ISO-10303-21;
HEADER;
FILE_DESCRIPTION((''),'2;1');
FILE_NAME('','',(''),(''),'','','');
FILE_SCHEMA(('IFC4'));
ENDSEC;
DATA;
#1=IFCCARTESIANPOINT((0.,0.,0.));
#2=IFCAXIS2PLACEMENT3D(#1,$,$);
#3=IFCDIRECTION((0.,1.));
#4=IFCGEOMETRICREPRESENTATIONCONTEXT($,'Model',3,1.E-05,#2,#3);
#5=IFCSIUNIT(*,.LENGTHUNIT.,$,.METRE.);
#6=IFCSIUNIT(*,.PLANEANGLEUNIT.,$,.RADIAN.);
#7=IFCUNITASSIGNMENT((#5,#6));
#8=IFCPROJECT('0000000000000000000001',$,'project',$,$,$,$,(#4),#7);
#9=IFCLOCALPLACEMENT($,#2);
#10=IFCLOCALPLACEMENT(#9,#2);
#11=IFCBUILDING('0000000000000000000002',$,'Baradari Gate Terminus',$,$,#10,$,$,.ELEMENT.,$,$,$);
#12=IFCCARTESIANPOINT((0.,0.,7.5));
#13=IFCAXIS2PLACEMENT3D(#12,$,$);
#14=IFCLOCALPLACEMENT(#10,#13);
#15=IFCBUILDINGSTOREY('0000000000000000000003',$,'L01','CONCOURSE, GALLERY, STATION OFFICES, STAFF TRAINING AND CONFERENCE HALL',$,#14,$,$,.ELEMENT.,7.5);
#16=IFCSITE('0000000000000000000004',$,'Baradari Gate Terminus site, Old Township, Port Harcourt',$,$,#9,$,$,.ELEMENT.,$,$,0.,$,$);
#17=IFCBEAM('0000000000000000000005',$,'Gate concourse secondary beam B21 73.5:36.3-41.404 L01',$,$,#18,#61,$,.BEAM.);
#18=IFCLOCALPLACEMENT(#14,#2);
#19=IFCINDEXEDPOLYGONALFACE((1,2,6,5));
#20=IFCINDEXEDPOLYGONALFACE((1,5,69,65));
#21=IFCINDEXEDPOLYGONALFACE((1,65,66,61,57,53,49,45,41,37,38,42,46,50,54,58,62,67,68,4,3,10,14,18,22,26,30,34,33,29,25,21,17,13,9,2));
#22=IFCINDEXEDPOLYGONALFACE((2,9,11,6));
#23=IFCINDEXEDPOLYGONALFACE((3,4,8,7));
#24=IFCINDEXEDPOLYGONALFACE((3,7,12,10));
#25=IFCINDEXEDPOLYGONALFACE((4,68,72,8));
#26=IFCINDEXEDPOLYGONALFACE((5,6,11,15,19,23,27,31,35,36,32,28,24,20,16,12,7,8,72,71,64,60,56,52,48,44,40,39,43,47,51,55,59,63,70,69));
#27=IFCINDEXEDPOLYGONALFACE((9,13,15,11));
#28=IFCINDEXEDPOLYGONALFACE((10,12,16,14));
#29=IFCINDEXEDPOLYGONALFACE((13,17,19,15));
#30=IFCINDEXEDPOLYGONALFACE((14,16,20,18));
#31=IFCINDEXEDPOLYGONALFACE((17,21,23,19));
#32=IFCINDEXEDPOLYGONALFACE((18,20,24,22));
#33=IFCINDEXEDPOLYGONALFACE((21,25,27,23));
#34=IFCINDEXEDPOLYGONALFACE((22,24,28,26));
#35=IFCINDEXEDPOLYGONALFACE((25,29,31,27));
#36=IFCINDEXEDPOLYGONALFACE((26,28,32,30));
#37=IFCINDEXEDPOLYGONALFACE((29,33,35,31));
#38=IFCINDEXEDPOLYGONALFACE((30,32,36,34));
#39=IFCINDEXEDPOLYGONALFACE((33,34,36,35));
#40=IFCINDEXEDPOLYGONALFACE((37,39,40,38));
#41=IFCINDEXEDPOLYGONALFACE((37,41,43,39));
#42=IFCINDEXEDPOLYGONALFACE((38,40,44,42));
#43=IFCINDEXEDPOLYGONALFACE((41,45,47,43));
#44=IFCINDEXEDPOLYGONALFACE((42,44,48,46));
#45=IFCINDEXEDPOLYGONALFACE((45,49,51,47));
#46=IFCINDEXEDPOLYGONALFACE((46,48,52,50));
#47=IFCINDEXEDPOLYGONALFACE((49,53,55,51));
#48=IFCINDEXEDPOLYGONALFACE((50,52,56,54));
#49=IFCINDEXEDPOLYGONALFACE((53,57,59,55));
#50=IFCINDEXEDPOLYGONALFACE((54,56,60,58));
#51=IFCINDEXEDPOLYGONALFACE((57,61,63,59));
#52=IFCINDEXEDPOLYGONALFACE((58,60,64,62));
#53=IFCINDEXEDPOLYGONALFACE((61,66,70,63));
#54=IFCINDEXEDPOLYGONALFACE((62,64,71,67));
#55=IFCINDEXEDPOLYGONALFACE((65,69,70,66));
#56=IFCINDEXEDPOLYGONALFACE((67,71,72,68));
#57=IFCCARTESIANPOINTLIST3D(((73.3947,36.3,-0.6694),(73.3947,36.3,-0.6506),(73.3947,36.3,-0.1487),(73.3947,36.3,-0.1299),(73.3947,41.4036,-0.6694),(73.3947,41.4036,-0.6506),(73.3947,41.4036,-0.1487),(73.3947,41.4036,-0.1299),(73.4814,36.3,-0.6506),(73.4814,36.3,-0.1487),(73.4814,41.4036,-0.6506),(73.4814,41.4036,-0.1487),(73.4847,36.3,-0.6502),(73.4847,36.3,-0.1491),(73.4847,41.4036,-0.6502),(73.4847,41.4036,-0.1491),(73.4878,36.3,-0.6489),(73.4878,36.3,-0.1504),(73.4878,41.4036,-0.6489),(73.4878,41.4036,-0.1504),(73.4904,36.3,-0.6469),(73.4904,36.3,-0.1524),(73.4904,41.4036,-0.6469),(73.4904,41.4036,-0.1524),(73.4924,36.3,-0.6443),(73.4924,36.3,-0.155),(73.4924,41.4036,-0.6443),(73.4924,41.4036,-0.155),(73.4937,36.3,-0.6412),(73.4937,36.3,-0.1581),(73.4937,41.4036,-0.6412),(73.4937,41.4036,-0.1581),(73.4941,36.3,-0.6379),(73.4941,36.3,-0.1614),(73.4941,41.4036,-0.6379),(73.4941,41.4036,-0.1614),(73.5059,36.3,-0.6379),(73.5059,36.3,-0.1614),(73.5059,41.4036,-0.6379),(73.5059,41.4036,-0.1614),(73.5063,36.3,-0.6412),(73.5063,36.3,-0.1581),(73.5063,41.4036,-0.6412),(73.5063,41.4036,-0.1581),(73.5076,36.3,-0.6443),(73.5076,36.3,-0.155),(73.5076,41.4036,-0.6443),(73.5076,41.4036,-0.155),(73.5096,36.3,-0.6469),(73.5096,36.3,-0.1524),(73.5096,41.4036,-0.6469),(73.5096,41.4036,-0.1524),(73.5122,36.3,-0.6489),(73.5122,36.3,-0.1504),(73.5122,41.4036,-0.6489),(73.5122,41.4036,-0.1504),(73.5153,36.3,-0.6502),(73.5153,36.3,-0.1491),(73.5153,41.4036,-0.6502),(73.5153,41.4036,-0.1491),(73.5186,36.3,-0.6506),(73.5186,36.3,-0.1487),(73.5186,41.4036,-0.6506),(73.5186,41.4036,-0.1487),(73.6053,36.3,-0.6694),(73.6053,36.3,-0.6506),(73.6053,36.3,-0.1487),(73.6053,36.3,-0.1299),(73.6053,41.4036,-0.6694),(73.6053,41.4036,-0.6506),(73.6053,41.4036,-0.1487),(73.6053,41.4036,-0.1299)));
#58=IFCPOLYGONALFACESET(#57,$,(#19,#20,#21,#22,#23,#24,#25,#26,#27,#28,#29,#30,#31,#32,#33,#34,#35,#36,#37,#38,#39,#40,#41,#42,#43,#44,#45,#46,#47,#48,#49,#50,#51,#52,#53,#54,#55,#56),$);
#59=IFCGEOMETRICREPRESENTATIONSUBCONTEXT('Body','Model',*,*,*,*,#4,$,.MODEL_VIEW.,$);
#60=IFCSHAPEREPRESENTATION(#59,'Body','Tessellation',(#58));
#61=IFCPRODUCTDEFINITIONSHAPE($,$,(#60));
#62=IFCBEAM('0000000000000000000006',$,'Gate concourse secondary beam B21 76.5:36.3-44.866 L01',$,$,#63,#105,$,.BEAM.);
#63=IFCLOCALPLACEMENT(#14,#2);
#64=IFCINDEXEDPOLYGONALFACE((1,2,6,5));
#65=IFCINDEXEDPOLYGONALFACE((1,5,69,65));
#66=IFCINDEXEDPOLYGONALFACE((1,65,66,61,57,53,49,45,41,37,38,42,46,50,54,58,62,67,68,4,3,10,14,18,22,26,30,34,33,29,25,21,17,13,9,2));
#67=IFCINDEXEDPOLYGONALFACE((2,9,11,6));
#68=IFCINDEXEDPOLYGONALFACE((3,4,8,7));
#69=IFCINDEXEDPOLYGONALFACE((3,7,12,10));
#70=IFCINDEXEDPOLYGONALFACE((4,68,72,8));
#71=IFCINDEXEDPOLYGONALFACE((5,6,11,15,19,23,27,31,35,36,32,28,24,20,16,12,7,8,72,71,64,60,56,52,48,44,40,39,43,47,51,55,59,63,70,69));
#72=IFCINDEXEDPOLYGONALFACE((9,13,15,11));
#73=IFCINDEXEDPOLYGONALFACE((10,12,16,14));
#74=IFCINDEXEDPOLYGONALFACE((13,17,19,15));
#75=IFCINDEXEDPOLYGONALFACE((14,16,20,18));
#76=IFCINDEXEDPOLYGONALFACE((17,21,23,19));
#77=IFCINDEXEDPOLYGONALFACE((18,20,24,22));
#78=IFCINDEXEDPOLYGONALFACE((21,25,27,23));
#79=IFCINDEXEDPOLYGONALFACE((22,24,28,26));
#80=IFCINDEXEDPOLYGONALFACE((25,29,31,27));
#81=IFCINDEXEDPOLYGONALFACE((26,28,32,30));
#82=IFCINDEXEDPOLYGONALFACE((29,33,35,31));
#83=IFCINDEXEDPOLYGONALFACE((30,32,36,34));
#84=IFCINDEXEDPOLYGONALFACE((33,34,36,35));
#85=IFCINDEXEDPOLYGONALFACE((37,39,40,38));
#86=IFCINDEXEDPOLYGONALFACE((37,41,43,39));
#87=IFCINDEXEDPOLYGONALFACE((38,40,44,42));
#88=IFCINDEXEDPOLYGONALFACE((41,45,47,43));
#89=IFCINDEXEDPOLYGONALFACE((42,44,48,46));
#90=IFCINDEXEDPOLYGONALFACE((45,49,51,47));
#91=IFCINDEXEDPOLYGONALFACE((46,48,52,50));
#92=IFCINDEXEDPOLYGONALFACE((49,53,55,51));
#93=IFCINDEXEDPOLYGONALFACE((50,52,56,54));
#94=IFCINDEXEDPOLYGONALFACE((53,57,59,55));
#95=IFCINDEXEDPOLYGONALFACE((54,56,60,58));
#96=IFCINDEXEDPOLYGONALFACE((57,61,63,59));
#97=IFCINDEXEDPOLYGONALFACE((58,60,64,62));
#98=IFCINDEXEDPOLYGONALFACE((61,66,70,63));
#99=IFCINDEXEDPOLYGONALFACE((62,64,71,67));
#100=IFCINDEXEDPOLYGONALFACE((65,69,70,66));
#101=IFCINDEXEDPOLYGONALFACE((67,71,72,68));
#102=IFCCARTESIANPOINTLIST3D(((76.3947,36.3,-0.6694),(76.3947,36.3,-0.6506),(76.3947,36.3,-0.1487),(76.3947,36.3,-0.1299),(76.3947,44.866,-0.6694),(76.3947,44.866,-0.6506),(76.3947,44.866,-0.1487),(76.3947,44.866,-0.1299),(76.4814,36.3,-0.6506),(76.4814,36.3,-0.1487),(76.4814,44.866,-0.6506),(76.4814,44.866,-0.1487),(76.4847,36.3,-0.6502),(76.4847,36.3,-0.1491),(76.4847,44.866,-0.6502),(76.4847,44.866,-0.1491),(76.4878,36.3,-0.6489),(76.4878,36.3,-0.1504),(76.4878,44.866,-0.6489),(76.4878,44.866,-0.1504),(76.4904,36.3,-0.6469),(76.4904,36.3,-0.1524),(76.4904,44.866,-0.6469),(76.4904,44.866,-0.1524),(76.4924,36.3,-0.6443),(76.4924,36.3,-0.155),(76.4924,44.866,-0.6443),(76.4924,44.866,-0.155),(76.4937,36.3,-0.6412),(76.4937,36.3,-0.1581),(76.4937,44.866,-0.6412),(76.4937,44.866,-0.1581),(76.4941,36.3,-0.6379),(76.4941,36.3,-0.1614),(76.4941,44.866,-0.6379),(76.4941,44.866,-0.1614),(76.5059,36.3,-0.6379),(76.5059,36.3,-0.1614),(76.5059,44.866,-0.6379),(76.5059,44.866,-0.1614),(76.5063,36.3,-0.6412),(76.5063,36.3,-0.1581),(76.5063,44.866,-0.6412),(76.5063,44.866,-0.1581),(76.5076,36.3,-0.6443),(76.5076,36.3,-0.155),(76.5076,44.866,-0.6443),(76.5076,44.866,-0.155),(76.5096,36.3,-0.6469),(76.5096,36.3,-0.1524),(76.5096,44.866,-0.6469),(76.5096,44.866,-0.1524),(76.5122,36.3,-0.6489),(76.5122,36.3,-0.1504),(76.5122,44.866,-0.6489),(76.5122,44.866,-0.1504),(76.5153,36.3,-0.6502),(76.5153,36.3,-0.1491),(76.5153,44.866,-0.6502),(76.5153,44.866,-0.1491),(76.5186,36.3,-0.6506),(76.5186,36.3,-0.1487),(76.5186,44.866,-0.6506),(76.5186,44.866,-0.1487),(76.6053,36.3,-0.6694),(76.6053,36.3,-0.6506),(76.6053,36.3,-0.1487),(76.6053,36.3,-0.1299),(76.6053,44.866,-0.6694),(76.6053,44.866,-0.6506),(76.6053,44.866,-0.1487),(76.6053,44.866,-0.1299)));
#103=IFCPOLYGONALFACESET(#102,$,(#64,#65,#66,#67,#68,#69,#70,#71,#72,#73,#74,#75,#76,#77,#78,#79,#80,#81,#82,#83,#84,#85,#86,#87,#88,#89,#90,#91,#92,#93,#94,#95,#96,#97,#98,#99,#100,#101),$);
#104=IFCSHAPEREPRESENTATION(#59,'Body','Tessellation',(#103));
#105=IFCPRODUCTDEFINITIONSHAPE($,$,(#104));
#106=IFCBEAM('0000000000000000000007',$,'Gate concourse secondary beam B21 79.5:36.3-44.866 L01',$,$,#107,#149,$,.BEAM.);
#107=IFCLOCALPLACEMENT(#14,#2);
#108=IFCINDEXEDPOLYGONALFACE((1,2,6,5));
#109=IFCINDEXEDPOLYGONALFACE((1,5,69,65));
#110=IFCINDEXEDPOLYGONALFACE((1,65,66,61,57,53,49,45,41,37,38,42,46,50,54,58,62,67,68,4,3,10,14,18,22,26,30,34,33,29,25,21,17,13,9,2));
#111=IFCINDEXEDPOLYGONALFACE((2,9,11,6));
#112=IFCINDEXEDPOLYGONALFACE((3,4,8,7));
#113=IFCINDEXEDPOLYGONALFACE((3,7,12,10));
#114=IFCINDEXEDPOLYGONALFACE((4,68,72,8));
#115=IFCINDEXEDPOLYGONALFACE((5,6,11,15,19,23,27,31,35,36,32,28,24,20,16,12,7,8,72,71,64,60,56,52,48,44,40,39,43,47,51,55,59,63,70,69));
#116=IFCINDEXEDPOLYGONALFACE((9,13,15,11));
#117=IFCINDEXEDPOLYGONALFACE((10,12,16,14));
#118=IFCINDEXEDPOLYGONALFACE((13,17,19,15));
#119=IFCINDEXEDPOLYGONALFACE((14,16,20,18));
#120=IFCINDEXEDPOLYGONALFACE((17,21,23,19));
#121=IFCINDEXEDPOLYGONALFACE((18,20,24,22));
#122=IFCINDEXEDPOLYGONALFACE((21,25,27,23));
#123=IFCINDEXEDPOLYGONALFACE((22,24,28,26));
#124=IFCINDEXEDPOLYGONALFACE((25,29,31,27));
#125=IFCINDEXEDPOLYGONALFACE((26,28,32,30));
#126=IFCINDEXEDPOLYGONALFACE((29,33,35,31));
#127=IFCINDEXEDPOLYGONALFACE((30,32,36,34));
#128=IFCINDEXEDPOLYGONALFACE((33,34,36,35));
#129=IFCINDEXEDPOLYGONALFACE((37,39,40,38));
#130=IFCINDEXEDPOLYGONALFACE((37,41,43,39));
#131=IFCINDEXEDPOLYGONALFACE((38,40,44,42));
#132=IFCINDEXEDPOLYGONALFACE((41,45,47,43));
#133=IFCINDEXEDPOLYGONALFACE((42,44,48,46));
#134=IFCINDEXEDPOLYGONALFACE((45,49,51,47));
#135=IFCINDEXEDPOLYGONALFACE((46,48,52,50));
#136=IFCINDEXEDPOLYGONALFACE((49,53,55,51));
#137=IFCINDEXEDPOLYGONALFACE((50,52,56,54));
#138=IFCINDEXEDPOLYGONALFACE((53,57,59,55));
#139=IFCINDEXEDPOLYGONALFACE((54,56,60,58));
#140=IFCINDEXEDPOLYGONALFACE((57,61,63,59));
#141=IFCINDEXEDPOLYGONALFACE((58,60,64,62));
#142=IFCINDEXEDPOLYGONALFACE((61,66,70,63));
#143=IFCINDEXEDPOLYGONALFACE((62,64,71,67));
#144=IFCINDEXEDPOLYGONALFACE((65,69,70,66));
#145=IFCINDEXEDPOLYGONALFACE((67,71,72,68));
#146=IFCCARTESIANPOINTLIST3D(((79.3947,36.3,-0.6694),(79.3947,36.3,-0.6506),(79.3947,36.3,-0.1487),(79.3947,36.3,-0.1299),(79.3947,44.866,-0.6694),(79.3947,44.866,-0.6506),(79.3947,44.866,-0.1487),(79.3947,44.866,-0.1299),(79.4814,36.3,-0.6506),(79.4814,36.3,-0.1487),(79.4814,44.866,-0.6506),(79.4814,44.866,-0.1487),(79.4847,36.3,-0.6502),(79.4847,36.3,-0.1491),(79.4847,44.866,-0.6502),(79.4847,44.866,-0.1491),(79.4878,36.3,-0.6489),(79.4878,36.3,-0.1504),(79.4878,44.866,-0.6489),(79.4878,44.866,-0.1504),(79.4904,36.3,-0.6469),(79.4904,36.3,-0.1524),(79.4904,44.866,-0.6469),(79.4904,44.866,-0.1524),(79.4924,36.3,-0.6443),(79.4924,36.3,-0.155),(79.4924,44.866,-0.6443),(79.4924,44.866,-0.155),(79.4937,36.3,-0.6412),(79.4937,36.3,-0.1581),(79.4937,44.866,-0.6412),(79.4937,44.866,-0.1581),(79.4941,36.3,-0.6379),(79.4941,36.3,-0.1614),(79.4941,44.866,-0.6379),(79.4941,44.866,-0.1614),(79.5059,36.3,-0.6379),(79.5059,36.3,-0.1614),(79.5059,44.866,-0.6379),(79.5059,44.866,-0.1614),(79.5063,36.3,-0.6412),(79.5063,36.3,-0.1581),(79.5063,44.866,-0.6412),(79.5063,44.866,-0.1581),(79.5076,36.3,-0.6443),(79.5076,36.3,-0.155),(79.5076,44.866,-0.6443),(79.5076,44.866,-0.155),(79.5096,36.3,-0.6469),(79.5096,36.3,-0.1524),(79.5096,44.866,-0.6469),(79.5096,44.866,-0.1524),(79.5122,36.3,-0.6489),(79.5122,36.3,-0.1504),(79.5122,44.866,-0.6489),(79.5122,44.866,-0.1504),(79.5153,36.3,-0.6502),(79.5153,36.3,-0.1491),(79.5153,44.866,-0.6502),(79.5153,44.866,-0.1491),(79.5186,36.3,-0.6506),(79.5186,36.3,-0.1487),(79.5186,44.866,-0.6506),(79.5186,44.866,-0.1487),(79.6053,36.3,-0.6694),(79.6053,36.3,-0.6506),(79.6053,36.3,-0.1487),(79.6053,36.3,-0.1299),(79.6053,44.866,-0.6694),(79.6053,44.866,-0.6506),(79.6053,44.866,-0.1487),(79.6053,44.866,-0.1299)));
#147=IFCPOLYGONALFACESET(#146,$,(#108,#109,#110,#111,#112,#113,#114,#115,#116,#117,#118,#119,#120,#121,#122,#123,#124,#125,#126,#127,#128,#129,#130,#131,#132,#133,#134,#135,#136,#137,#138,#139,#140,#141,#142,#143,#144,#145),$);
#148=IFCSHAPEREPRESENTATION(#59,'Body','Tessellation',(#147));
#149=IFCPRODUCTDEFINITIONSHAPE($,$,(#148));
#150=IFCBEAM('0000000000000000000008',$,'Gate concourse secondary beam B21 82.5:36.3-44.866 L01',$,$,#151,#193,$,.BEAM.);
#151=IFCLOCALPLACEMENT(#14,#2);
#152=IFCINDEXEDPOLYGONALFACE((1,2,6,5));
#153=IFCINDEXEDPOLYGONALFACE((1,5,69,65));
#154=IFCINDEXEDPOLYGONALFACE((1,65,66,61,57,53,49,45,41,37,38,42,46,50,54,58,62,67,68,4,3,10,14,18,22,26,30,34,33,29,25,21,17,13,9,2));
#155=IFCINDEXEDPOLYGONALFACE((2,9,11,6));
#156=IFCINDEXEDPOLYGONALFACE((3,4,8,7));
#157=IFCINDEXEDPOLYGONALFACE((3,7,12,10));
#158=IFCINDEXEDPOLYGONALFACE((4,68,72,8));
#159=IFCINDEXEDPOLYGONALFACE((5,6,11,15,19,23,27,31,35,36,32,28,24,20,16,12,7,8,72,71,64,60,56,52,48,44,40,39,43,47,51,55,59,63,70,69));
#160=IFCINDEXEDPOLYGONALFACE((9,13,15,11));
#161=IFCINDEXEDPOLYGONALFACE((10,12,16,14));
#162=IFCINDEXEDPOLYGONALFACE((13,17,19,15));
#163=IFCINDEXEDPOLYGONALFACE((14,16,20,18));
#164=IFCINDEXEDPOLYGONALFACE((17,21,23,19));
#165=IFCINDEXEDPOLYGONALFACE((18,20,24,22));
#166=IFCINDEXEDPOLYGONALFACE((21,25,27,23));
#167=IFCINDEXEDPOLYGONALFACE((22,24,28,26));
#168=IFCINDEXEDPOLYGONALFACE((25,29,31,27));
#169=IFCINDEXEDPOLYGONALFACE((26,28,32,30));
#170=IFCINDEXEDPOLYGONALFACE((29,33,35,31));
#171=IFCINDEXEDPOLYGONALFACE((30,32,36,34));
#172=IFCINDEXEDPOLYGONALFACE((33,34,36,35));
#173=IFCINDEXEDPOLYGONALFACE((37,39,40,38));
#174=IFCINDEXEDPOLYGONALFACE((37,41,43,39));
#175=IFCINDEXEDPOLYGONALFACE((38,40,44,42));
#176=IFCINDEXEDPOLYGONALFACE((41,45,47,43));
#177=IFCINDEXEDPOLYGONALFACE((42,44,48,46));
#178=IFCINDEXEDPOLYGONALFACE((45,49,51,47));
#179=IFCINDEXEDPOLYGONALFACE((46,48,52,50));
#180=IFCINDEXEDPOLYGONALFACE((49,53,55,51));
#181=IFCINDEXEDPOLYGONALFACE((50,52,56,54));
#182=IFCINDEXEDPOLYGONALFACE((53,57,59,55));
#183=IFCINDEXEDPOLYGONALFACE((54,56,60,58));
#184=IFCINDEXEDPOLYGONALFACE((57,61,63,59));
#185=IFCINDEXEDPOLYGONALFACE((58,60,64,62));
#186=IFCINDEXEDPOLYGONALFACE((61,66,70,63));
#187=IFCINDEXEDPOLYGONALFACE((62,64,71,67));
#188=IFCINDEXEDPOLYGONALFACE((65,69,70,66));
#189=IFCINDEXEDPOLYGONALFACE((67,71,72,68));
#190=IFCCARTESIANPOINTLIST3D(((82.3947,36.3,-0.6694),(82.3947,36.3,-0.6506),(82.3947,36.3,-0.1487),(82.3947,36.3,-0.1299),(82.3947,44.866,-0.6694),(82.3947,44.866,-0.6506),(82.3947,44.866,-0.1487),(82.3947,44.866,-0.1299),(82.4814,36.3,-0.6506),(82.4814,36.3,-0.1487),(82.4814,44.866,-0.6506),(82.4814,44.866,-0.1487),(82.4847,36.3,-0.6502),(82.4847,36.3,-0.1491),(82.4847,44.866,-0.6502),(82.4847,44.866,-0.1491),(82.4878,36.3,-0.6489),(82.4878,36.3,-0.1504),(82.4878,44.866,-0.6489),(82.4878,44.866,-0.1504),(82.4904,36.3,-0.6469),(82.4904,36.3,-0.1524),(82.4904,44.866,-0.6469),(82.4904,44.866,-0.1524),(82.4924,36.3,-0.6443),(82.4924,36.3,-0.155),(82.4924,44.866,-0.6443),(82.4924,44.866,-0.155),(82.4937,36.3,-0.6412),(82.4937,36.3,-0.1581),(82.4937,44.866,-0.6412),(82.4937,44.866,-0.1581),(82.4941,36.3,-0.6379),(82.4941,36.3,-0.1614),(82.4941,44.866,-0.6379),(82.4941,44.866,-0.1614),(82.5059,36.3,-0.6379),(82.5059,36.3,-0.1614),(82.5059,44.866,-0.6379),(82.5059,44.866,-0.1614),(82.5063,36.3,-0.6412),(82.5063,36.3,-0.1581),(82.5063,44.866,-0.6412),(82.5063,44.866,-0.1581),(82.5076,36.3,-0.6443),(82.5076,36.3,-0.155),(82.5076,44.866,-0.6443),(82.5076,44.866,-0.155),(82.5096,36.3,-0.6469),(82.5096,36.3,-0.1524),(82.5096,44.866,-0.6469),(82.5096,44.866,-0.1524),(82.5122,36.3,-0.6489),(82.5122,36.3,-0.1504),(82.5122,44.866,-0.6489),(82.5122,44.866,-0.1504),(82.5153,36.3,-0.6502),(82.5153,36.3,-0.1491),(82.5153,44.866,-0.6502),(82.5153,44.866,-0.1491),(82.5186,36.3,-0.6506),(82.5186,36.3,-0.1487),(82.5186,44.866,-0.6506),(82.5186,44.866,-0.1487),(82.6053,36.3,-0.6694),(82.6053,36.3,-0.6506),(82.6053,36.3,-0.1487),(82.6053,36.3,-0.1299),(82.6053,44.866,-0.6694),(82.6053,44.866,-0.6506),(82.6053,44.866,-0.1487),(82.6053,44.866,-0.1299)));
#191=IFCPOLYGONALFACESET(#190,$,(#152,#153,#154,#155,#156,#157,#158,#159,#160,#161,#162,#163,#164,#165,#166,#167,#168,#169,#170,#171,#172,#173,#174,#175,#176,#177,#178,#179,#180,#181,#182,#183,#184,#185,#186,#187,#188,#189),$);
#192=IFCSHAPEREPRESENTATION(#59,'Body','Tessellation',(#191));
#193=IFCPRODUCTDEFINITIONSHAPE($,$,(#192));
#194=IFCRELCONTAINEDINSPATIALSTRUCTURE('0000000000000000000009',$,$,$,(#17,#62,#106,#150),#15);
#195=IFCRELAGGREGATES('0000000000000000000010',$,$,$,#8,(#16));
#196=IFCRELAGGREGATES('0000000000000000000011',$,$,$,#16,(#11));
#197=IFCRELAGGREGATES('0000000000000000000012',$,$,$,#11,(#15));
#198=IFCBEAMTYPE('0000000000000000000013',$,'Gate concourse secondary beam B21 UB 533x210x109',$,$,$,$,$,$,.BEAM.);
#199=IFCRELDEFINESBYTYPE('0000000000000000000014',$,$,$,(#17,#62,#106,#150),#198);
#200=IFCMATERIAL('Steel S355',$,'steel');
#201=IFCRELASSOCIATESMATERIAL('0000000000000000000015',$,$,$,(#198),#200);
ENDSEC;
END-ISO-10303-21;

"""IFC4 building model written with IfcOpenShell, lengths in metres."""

from ifc_helpers import new_model, si_unit, direction, frame, origin, origin_2d, place, context, subcontext, project, spatial, i_section, extrude, material, material_profile, profile_set, type_object, element, save


model = new_model("IFC4")

# Units and contexts
model_context = context("Model", 3, precision=1e-05, world=origin(), true_north=direction((0.0, 1.0)))
body_context = subcontext(model_context, "Body", "Model", "MODEL_VIEW")
ifc_project = project(units=[si_unit("LENGTHUNIT", "METRE"), si_unit("PLANEANGLEUNIT", "RADIAN")], contexts=[model_context])

# Site, building, storey
site_placement = place(None, origin())
site = spatial("IfcSite", under=ifc_project, at=site_placement, Name="Baradari Gate Terminus site, Old Township, Port Harcourt", CompositionType="ELEMENT", RefElevation=0.0)
building_placement = place(site_placement, origin())
building = spatial("IfcBuilding", under=site, at=building_placement, Name="Baradari Gate Terminus", CompositionType="ELEMENT")
storey_placement = place(building_placement, frame((0.0, 0.0, 7.5)))
storey = spatial("IfcBuildingStorey", under=building, at=storey_placement, Name="L01", Description="CONCOURSE, GALLERY, STATION OFFICES, STAFF TRAINING AND CONFERENCE HALL", CompositionType="ELEMENT", Elevation=7.5)

# Beams
ifc_material_1 = material(Name="Steel S355", Category="steel")
ifc_material_profile_1 = material_profile(ifc_material_1, i_section(OverallWidth=0.2107, OverallDepth=0.5396, WebThickness=0.0117, FlangeThickness=0.0188, FilletRadius=0.0127, at=origin_2d()), Name="UB 533x210x109")
ifc_profile_set_1 = profile_set([ifc_material_profile_1], Name="Steel S355")
beam_type_1 = type_object("IfcBeamType", Name="Gate concourse secondary beam B21 UB 533x210x109", PredefinedType="BEAM", material=ifc_profile_set_1)
beam_1_placement = place(storey_placement, frame((73.5, 36.3, -0.3997), z_axis=(0.0, 1.0, 0.0), x_axis=(-1.0, 0.0, 0.0)))
element("IfcBeam", 1, at=beam_1_placement, inside=storey, type_object=beam_type_1, Name="Gate concourse secondary beam B21 73.5:36.3-41.404 L01", PredefinedType="BEAM", context=body_context, shape_type="SweptSolid", body=[
    extrude(i_section(OverallWidth=0.2107, OverallDepth=0.5396, WebThickness=0.0117, FlangeThickness=0.0188, FilletRadius=0.0127, at=origin_2d()), origin(), (0.0, 0.0, 1.0), 5.1035),
])
for number, where, z_axis, x_axis, name in (
    (2, (76.5, 36.3, -0.3997), (0.0, 1.0, 0.0), (-1.0, 0.0, 0.0), "Gate concourse secondary beam B21 76.5:36.3-44.866 L01"),
    (3, (79.5, 36.3, -0.3997), (0.0, 1.0, 0.0), (-1.0, 0.0, 0.0), "Gate concourse secondary beam B21 79.5:36.3-44.866 L01"),
    (4, (82.5, 36.3, -0.3997), (0.0, 1.0, 0.0), (-1.0, 0.0, 0.0), "Gate concourse secondary beam B21 82.5:36.3-44.866 L01"),
):
    element("IfcBeam", number, at=place(storey_placement, frame(where, z_axis=z_axis, x_axis=x_axis)), inside=storey, type_object=beam_type_1, Name=name, PredefinedType="BEAM", context=body_context, shape_type="SweptSolid", body=[
        extrude(i_section(OverallWidth=0.2107, OverallDepth=0.5396, WebThickness=0.0117, FlangeThickness=0.0188, FilletRadius=0.0127, at=origin_2d()), origin(), (0.0, 0.0, 1.0), 8.5659),
    ])

save(model, "model.ifc")
